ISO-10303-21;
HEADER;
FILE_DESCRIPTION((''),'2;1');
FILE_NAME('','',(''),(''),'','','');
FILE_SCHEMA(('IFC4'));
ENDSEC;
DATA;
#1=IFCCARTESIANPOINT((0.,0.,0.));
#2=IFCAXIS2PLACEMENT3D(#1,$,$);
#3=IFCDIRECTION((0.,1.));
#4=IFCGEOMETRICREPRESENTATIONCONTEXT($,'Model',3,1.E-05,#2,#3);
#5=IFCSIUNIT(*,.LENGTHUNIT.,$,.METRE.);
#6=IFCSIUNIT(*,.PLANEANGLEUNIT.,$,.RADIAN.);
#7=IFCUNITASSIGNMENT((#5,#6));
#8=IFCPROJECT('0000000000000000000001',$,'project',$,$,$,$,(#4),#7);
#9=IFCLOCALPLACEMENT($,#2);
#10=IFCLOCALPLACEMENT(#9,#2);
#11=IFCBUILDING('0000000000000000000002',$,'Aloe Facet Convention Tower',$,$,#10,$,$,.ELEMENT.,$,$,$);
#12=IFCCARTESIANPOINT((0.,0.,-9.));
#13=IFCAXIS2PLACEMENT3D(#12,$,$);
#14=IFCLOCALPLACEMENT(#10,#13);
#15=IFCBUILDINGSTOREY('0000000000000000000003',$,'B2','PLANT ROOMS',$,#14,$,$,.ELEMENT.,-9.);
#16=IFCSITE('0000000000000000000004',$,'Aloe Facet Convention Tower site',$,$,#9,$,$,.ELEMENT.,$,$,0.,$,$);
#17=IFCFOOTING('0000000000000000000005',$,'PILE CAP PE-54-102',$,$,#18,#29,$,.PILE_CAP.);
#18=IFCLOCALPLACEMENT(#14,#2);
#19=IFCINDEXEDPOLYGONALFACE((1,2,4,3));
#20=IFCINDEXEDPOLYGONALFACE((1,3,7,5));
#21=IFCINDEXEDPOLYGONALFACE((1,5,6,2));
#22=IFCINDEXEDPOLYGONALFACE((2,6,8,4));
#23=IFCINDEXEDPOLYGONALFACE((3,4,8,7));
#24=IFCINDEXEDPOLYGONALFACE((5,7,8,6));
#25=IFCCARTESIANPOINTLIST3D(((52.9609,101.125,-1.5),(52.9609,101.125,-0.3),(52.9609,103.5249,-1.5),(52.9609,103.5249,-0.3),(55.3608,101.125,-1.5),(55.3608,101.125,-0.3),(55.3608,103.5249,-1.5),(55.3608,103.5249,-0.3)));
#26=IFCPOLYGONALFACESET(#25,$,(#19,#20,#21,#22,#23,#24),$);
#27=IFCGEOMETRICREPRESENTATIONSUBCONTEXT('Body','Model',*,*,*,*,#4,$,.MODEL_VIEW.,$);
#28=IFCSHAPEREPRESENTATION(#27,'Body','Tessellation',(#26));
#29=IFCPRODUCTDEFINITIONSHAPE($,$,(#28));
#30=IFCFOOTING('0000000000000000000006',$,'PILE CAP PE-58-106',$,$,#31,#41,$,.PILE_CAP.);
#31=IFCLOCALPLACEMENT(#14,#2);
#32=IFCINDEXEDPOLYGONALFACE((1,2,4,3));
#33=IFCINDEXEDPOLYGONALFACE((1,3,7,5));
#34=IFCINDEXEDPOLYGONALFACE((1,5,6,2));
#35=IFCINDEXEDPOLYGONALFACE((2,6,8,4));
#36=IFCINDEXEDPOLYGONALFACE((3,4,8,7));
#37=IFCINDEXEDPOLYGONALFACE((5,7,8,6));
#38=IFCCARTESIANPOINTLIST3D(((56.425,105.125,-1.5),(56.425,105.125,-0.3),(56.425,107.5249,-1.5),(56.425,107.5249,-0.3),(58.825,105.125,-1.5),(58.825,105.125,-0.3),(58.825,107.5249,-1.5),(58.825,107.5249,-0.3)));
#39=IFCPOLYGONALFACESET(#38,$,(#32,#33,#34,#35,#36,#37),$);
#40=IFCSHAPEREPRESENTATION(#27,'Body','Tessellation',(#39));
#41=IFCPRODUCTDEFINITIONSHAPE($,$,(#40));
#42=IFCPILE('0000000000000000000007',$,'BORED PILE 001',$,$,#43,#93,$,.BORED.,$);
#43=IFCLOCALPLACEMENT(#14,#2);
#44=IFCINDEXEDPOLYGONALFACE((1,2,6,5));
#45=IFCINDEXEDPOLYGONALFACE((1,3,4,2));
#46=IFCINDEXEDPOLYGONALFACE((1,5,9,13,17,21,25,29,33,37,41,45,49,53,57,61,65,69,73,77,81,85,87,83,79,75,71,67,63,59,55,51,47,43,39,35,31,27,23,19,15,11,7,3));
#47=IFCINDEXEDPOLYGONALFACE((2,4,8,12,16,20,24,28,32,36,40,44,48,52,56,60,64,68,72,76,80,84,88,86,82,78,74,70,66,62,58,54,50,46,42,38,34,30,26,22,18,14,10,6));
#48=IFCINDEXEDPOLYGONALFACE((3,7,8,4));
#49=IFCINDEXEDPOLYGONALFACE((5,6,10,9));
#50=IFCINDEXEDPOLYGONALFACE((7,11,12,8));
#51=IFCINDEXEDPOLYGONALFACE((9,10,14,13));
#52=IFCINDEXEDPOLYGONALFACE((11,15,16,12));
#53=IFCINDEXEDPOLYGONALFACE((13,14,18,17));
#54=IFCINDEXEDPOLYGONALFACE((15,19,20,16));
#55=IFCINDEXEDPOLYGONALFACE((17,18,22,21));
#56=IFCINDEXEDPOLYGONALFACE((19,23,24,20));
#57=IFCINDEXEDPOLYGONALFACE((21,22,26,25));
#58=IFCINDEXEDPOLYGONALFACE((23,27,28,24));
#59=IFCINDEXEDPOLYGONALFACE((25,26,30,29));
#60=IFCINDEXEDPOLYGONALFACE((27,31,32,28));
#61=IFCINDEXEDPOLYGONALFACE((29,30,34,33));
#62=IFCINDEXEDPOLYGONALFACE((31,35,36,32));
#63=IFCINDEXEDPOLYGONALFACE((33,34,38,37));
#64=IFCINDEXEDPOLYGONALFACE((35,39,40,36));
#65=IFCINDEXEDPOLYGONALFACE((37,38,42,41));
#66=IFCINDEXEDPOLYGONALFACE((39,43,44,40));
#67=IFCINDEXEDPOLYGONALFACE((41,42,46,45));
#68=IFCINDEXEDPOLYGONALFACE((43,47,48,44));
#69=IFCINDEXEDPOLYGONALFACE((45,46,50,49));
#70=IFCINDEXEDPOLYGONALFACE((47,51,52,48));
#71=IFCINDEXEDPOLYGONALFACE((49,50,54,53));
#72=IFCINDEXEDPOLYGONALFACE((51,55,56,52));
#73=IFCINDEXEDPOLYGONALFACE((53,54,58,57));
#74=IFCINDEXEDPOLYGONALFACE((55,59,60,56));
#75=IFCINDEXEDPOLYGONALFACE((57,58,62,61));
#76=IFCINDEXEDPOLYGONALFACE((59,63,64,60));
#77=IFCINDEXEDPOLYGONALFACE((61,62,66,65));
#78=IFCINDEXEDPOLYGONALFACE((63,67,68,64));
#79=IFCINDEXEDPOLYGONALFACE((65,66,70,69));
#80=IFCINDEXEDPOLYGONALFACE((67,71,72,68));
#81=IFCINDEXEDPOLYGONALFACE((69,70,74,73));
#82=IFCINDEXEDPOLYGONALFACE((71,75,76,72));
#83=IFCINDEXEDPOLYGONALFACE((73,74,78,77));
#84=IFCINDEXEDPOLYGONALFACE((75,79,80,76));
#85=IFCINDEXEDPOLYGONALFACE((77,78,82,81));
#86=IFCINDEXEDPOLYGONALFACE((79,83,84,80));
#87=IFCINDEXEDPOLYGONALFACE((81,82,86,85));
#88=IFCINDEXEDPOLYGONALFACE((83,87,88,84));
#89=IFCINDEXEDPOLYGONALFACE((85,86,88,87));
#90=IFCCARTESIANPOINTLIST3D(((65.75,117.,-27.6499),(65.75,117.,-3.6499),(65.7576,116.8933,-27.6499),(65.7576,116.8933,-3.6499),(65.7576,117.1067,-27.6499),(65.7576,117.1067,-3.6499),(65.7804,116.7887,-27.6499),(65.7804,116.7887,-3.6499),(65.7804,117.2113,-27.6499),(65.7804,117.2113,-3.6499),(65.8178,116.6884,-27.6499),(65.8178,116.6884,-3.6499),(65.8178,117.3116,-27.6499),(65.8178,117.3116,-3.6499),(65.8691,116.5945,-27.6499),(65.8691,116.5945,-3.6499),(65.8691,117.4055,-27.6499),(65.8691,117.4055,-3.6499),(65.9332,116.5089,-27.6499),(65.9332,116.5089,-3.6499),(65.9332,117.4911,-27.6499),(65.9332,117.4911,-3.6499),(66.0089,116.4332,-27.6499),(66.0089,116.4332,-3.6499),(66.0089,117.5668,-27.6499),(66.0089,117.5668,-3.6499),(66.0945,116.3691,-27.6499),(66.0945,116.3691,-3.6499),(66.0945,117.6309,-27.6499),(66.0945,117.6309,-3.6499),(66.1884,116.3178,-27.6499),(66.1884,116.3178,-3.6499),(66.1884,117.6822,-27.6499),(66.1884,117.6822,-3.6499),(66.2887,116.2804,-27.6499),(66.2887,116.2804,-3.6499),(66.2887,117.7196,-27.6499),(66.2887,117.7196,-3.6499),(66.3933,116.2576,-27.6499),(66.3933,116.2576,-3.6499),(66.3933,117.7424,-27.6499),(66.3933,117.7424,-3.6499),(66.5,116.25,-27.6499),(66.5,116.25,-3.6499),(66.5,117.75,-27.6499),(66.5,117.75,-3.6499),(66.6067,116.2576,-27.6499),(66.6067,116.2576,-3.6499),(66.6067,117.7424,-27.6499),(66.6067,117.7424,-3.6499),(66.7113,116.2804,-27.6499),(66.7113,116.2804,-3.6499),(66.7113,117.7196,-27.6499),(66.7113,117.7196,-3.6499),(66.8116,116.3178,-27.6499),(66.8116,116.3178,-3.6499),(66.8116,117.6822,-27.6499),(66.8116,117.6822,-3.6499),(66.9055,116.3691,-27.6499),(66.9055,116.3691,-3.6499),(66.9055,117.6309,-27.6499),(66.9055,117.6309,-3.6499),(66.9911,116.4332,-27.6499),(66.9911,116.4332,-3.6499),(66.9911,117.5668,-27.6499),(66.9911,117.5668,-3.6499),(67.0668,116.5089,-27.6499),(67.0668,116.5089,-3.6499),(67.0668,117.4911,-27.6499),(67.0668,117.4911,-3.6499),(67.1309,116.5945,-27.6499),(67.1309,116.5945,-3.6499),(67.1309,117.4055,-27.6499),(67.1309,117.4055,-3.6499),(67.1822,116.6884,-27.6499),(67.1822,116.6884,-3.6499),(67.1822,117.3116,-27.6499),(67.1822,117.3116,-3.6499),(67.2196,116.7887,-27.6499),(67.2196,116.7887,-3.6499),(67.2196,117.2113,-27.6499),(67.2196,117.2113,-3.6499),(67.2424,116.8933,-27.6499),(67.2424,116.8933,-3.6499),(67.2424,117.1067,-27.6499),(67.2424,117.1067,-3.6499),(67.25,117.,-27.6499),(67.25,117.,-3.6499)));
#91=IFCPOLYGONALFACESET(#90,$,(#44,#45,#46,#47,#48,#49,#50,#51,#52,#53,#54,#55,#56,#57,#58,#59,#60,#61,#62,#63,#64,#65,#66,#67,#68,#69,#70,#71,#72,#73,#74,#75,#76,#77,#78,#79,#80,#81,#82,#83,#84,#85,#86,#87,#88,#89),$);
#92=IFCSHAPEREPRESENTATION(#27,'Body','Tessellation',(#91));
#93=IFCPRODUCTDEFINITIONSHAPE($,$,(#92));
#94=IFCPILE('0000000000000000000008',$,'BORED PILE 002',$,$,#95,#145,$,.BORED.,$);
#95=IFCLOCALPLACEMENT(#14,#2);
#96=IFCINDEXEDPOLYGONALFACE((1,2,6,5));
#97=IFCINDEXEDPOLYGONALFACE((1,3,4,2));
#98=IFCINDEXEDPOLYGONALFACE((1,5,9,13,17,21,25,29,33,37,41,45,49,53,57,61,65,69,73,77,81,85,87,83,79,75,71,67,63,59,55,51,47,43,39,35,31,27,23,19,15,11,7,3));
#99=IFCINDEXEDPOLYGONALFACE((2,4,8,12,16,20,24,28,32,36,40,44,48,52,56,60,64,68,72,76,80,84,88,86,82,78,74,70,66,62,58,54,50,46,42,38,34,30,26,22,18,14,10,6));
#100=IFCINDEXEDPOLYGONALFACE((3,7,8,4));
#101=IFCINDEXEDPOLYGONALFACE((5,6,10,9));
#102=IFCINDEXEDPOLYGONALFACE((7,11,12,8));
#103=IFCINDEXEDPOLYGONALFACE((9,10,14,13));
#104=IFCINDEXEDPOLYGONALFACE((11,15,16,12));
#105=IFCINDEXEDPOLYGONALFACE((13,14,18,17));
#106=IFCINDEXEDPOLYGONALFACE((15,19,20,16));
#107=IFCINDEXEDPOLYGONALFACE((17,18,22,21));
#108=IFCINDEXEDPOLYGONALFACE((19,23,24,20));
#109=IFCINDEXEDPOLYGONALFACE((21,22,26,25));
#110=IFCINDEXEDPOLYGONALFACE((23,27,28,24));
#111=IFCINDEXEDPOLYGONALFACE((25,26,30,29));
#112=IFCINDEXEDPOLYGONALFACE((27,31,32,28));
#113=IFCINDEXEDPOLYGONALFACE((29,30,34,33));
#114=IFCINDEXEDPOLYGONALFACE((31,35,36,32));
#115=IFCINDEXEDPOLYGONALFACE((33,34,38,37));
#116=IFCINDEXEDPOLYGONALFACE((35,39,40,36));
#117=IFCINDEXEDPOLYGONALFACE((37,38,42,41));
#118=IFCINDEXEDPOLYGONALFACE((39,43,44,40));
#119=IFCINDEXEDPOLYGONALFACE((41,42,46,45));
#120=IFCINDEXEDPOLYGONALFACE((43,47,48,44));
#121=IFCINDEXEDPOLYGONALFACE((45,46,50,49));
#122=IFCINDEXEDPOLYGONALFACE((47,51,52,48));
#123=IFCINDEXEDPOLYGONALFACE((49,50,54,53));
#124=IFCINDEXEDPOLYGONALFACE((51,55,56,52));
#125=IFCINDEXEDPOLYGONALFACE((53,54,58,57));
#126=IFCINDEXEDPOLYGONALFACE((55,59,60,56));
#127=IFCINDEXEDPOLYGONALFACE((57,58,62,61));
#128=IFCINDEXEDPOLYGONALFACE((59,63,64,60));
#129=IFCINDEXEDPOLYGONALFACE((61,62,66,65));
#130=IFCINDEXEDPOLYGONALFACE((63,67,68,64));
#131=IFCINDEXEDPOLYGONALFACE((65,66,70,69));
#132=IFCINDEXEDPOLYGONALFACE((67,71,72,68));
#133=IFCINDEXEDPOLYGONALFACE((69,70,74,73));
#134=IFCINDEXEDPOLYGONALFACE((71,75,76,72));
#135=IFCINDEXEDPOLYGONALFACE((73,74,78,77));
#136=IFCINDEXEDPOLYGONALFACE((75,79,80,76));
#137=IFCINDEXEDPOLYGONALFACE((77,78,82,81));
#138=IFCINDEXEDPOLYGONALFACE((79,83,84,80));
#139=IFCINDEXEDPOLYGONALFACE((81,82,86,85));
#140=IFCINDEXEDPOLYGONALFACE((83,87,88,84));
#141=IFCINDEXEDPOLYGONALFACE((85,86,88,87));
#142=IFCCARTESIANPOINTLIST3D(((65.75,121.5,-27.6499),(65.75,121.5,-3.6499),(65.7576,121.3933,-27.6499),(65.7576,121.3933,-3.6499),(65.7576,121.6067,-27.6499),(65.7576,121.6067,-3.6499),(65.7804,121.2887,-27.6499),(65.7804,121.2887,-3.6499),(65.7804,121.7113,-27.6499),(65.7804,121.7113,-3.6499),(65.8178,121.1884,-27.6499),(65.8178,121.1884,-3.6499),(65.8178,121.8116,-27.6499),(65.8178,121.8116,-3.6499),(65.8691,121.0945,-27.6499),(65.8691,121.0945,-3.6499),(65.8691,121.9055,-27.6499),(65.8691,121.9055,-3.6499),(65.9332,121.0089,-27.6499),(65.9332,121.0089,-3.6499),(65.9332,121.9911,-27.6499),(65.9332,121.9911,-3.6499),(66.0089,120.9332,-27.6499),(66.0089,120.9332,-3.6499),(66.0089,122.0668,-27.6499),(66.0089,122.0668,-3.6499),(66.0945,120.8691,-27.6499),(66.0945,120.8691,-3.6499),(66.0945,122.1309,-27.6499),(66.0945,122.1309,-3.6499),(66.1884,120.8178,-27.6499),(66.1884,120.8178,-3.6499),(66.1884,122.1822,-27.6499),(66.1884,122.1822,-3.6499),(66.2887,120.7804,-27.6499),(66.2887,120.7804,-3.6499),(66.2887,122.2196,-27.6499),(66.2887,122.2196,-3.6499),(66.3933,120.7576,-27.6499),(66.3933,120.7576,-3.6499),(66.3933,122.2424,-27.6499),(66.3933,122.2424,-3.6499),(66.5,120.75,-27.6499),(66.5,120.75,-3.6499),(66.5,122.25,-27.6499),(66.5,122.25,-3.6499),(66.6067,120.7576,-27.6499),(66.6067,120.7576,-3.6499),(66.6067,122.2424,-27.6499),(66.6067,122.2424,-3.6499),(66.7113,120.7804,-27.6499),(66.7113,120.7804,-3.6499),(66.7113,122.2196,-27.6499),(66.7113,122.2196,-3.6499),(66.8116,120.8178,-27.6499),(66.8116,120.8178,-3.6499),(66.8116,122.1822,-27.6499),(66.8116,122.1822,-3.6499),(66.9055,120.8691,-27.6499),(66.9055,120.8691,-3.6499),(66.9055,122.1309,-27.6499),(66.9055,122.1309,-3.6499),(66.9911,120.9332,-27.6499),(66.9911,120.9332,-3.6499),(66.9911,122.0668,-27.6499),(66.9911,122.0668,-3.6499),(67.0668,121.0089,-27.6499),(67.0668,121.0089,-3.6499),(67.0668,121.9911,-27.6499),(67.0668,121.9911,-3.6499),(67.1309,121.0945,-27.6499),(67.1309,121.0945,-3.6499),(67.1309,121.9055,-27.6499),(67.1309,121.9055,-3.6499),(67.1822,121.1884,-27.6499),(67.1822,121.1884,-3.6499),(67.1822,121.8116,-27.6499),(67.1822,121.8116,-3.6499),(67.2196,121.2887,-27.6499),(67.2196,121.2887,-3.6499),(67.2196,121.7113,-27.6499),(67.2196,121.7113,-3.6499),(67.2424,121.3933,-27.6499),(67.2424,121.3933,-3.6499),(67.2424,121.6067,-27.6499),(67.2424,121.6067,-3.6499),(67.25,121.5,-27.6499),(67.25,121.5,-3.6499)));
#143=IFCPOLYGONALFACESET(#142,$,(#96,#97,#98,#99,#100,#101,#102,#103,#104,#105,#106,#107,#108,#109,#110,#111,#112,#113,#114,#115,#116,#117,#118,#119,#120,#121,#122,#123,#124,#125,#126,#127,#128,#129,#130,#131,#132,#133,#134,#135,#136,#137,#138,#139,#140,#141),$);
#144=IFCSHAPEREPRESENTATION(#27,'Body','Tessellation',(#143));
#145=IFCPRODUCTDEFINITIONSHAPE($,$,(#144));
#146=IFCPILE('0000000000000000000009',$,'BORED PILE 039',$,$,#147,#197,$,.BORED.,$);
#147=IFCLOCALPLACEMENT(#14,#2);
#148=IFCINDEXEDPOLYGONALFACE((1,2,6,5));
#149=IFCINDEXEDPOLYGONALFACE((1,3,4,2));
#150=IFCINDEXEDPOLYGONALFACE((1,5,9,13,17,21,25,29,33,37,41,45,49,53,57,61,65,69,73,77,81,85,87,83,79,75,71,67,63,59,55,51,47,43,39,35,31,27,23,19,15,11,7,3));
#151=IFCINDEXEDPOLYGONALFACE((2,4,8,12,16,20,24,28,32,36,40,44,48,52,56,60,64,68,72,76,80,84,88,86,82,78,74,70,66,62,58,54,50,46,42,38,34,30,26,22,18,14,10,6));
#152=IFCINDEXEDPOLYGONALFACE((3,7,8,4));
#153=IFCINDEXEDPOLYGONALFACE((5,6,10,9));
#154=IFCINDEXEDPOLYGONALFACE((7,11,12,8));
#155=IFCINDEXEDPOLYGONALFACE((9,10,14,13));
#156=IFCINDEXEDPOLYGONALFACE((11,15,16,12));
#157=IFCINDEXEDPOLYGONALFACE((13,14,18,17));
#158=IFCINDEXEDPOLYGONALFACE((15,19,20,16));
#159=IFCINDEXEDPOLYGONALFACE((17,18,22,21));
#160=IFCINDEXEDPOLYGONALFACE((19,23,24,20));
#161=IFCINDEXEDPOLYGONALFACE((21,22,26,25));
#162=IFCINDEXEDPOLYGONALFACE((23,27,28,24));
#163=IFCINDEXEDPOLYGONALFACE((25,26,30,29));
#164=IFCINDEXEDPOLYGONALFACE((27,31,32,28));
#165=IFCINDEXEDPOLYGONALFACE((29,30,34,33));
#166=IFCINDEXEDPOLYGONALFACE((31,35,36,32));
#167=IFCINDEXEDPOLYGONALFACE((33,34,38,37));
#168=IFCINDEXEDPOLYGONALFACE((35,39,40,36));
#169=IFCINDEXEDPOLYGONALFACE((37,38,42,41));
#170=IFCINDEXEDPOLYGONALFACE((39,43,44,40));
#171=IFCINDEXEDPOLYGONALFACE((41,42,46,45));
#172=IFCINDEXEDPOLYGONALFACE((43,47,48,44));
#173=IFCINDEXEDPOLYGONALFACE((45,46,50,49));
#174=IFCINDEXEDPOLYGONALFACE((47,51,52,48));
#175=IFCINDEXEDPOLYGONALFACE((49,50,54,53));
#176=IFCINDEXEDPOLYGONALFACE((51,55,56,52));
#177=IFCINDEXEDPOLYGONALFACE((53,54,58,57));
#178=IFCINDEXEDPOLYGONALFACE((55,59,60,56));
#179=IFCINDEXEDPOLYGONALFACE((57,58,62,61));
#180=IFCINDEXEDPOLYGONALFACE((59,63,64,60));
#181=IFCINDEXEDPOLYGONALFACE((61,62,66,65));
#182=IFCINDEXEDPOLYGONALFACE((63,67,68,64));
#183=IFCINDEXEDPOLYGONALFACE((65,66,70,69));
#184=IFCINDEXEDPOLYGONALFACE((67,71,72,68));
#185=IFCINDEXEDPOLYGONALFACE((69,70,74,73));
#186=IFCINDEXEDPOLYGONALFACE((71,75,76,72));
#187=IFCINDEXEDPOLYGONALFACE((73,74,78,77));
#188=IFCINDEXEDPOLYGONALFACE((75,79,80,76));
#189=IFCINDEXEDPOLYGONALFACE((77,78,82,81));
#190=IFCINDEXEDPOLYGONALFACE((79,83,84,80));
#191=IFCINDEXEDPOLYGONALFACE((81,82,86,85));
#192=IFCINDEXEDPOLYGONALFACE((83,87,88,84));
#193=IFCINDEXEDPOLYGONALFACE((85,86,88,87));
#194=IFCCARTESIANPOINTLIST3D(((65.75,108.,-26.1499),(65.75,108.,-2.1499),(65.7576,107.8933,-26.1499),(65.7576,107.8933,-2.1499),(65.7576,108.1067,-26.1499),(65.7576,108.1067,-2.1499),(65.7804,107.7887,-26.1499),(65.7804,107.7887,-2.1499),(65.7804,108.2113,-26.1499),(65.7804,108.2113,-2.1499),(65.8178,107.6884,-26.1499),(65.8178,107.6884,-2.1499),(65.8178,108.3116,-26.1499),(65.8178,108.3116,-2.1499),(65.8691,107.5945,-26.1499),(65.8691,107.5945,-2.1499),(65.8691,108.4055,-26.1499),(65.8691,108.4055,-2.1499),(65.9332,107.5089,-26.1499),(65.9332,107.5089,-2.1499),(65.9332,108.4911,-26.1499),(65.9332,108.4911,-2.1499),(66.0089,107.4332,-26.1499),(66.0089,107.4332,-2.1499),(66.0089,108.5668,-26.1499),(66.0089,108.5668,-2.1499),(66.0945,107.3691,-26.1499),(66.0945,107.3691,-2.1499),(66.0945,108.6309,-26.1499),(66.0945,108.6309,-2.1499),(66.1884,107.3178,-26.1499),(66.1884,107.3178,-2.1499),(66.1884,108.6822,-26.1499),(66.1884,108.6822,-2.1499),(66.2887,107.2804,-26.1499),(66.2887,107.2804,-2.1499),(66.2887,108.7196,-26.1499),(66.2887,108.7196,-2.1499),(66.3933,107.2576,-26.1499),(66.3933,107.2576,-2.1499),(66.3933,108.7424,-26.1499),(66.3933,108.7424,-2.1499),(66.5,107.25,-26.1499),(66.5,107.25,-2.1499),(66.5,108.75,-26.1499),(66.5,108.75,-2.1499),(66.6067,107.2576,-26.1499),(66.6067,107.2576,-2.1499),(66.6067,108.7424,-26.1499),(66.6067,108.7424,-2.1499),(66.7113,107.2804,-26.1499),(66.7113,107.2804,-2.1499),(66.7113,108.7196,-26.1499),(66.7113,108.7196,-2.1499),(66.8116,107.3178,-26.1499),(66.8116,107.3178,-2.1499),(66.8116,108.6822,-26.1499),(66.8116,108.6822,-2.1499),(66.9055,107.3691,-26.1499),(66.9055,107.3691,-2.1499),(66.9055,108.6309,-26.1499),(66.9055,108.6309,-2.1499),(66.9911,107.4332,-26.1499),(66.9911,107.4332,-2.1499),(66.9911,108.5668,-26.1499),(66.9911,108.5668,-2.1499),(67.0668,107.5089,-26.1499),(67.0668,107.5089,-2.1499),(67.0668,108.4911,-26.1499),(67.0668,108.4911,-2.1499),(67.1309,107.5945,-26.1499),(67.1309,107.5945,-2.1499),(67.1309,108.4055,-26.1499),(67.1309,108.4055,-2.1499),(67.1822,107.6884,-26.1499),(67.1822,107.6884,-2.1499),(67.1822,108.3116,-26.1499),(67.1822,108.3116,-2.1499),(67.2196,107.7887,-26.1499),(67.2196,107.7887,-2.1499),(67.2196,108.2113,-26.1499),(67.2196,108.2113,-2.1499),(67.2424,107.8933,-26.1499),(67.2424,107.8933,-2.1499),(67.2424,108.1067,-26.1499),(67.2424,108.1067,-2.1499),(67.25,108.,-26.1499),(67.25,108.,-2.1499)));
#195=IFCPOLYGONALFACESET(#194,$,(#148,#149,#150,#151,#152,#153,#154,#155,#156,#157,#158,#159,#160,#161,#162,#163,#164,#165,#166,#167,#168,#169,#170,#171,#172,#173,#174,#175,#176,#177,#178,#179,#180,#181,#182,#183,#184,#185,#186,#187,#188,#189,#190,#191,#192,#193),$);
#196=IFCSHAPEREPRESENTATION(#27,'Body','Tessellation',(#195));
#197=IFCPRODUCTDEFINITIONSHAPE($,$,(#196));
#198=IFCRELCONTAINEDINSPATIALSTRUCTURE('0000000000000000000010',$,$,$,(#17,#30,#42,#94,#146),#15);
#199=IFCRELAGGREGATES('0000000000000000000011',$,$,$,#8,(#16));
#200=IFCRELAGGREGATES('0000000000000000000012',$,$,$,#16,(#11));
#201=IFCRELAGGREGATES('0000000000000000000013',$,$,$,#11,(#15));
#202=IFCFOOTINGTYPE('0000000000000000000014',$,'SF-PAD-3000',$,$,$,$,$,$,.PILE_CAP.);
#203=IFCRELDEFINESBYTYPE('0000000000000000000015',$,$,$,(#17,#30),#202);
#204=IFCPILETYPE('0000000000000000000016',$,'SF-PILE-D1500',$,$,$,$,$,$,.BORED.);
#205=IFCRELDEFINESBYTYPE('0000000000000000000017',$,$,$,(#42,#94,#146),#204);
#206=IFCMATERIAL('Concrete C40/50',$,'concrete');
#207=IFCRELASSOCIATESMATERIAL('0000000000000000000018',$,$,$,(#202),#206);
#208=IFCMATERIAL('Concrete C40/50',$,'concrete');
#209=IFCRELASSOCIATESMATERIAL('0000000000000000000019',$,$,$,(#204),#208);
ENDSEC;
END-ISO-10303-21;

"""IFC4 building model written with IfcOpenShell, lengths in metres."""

from ifc_helpers import new_model, si_unit, direction, frame, origin, origin_2d, place, context, subcontext, project, spatial, rectangle, circle, extrude, material, material_profile, profile_set, type_object, element, save


model = new_model("IFC4")

# Units and contexts
model_context = context("Model", 3, precision=1e-05, world=origin(), true_north=direction((0.0, 1.0)))
body_context = subcontext(model_context, "Body", "Model", "MODEL_VIEW")
ifc_project = project(units=[si_unit("LENGTHUNIT", "METRE"), si_unit("PLANEANGLEUNIT", "RADIAN")], contexts=[model_context])

# Site, building, storey
site_placement = place(None, origin())
site = spatial("IfcSite", under=ifc_project, at=site_placement, Name="Aloe Facet Convention Tower site", CompositionType="ELEMENT", RefElevation=0.0)
building_placement = place(site_placement, origin())
building = spatial("IfcBuilding", under=site, at=building_placement, Name="Aloe Facet Convention Tower", CompositionType="ELEMENT")
storey_placement = place(building_placement, frame((0.0, 0.0, -9.0)))
storey = spatial("IfcBuildingStorey", under=building, at=storey_placement, Name="B2", Description="PLANT ROOMS", CompositionType="ELEMENT", Elevation=-9.0)

# Footings
ifc_material_1 = material(Name="Concrete C40/50", Category="concrete")
footing_type = type_object("IfcFootingType", Name="SF-PAD-3000", PredefinedType="PILE_CAP", material=ifc_material_1)
for number, where, z_axis, x_axis, name in (
    (1, (54.1609, 102.325, -1.5), (0.0, 0.0, 1.0), (1.0, 0.0, 0.0), "PILE CAP PE-54-102"),
    (2, (57.625, 106.325, -1.5), (0.0, 0.0, 1.0), (1.0, 0.0, 0.0), "PILE CAP PE-58-106"),
):
    element("IfcFooting", number, at=place(storey_placement, frame(where, z_axis=z_axis, x_axis=x_axis)), inside=storey, type_object=footing_type, Name=name, PredefinedType="PILE_CAP", context=body_context, shape_type="SweptSolid", body=[
        extrude(rectangle(XDim=2.3999, YDim=2.3999, at=origin_2d()), origin(), (0.0, 0.0, 1.0), 1.2),
    ])

# Piles
ifc_material_2 = material(Name="Concrete C40/50", Category="concrete")
ifc_material_profile_1 = material_profile(ifc_material_2, circle(Radius=0.75, at=origin_2d()), Name="D1500")
ifc_profile_set_1 = profile_set([ifc_material_profile_1], Name="Concrete C40/50")
pile_type = type_object("IfcPileType", Name="SF-PILE-D1500", PredefinedType="BORED", material=ifc_profile_set_1)
for number, where, z_axis, x_axis, name in (
    (3, (66.5, 117.0, -3.6499), (0.0, 0.0, -1.0), (1.0, 0.0, 0.0), "BORED PILE 001"),
    (4, (66.5, 121.5, -3.6499), (0.0, 0.0, -1.0), (1.0, 0.0, 0.0), "BORED PILE 002"),
    (5, (66.5, 108.0, -2.1499), (0.0, 0.0, -1.0), (1.0, 0.0, 0.0), "BORED PILE 039"),
):
    element("IfcPile", number, at=place(storey_placement, frame(where, z_axis=z_axis, x_axis=x_axis)), inside=storey, type_object=pile_type, Name=name, PredefinedType="BORED", context=body_context, shape_type="SweptSolid", body=[
        extrude(circle(Radius=0.75, at=origin_2d()), origin(), (0.0, 0.0, 1.0), 24.0),
    ])

save(model, "model.ifc")
